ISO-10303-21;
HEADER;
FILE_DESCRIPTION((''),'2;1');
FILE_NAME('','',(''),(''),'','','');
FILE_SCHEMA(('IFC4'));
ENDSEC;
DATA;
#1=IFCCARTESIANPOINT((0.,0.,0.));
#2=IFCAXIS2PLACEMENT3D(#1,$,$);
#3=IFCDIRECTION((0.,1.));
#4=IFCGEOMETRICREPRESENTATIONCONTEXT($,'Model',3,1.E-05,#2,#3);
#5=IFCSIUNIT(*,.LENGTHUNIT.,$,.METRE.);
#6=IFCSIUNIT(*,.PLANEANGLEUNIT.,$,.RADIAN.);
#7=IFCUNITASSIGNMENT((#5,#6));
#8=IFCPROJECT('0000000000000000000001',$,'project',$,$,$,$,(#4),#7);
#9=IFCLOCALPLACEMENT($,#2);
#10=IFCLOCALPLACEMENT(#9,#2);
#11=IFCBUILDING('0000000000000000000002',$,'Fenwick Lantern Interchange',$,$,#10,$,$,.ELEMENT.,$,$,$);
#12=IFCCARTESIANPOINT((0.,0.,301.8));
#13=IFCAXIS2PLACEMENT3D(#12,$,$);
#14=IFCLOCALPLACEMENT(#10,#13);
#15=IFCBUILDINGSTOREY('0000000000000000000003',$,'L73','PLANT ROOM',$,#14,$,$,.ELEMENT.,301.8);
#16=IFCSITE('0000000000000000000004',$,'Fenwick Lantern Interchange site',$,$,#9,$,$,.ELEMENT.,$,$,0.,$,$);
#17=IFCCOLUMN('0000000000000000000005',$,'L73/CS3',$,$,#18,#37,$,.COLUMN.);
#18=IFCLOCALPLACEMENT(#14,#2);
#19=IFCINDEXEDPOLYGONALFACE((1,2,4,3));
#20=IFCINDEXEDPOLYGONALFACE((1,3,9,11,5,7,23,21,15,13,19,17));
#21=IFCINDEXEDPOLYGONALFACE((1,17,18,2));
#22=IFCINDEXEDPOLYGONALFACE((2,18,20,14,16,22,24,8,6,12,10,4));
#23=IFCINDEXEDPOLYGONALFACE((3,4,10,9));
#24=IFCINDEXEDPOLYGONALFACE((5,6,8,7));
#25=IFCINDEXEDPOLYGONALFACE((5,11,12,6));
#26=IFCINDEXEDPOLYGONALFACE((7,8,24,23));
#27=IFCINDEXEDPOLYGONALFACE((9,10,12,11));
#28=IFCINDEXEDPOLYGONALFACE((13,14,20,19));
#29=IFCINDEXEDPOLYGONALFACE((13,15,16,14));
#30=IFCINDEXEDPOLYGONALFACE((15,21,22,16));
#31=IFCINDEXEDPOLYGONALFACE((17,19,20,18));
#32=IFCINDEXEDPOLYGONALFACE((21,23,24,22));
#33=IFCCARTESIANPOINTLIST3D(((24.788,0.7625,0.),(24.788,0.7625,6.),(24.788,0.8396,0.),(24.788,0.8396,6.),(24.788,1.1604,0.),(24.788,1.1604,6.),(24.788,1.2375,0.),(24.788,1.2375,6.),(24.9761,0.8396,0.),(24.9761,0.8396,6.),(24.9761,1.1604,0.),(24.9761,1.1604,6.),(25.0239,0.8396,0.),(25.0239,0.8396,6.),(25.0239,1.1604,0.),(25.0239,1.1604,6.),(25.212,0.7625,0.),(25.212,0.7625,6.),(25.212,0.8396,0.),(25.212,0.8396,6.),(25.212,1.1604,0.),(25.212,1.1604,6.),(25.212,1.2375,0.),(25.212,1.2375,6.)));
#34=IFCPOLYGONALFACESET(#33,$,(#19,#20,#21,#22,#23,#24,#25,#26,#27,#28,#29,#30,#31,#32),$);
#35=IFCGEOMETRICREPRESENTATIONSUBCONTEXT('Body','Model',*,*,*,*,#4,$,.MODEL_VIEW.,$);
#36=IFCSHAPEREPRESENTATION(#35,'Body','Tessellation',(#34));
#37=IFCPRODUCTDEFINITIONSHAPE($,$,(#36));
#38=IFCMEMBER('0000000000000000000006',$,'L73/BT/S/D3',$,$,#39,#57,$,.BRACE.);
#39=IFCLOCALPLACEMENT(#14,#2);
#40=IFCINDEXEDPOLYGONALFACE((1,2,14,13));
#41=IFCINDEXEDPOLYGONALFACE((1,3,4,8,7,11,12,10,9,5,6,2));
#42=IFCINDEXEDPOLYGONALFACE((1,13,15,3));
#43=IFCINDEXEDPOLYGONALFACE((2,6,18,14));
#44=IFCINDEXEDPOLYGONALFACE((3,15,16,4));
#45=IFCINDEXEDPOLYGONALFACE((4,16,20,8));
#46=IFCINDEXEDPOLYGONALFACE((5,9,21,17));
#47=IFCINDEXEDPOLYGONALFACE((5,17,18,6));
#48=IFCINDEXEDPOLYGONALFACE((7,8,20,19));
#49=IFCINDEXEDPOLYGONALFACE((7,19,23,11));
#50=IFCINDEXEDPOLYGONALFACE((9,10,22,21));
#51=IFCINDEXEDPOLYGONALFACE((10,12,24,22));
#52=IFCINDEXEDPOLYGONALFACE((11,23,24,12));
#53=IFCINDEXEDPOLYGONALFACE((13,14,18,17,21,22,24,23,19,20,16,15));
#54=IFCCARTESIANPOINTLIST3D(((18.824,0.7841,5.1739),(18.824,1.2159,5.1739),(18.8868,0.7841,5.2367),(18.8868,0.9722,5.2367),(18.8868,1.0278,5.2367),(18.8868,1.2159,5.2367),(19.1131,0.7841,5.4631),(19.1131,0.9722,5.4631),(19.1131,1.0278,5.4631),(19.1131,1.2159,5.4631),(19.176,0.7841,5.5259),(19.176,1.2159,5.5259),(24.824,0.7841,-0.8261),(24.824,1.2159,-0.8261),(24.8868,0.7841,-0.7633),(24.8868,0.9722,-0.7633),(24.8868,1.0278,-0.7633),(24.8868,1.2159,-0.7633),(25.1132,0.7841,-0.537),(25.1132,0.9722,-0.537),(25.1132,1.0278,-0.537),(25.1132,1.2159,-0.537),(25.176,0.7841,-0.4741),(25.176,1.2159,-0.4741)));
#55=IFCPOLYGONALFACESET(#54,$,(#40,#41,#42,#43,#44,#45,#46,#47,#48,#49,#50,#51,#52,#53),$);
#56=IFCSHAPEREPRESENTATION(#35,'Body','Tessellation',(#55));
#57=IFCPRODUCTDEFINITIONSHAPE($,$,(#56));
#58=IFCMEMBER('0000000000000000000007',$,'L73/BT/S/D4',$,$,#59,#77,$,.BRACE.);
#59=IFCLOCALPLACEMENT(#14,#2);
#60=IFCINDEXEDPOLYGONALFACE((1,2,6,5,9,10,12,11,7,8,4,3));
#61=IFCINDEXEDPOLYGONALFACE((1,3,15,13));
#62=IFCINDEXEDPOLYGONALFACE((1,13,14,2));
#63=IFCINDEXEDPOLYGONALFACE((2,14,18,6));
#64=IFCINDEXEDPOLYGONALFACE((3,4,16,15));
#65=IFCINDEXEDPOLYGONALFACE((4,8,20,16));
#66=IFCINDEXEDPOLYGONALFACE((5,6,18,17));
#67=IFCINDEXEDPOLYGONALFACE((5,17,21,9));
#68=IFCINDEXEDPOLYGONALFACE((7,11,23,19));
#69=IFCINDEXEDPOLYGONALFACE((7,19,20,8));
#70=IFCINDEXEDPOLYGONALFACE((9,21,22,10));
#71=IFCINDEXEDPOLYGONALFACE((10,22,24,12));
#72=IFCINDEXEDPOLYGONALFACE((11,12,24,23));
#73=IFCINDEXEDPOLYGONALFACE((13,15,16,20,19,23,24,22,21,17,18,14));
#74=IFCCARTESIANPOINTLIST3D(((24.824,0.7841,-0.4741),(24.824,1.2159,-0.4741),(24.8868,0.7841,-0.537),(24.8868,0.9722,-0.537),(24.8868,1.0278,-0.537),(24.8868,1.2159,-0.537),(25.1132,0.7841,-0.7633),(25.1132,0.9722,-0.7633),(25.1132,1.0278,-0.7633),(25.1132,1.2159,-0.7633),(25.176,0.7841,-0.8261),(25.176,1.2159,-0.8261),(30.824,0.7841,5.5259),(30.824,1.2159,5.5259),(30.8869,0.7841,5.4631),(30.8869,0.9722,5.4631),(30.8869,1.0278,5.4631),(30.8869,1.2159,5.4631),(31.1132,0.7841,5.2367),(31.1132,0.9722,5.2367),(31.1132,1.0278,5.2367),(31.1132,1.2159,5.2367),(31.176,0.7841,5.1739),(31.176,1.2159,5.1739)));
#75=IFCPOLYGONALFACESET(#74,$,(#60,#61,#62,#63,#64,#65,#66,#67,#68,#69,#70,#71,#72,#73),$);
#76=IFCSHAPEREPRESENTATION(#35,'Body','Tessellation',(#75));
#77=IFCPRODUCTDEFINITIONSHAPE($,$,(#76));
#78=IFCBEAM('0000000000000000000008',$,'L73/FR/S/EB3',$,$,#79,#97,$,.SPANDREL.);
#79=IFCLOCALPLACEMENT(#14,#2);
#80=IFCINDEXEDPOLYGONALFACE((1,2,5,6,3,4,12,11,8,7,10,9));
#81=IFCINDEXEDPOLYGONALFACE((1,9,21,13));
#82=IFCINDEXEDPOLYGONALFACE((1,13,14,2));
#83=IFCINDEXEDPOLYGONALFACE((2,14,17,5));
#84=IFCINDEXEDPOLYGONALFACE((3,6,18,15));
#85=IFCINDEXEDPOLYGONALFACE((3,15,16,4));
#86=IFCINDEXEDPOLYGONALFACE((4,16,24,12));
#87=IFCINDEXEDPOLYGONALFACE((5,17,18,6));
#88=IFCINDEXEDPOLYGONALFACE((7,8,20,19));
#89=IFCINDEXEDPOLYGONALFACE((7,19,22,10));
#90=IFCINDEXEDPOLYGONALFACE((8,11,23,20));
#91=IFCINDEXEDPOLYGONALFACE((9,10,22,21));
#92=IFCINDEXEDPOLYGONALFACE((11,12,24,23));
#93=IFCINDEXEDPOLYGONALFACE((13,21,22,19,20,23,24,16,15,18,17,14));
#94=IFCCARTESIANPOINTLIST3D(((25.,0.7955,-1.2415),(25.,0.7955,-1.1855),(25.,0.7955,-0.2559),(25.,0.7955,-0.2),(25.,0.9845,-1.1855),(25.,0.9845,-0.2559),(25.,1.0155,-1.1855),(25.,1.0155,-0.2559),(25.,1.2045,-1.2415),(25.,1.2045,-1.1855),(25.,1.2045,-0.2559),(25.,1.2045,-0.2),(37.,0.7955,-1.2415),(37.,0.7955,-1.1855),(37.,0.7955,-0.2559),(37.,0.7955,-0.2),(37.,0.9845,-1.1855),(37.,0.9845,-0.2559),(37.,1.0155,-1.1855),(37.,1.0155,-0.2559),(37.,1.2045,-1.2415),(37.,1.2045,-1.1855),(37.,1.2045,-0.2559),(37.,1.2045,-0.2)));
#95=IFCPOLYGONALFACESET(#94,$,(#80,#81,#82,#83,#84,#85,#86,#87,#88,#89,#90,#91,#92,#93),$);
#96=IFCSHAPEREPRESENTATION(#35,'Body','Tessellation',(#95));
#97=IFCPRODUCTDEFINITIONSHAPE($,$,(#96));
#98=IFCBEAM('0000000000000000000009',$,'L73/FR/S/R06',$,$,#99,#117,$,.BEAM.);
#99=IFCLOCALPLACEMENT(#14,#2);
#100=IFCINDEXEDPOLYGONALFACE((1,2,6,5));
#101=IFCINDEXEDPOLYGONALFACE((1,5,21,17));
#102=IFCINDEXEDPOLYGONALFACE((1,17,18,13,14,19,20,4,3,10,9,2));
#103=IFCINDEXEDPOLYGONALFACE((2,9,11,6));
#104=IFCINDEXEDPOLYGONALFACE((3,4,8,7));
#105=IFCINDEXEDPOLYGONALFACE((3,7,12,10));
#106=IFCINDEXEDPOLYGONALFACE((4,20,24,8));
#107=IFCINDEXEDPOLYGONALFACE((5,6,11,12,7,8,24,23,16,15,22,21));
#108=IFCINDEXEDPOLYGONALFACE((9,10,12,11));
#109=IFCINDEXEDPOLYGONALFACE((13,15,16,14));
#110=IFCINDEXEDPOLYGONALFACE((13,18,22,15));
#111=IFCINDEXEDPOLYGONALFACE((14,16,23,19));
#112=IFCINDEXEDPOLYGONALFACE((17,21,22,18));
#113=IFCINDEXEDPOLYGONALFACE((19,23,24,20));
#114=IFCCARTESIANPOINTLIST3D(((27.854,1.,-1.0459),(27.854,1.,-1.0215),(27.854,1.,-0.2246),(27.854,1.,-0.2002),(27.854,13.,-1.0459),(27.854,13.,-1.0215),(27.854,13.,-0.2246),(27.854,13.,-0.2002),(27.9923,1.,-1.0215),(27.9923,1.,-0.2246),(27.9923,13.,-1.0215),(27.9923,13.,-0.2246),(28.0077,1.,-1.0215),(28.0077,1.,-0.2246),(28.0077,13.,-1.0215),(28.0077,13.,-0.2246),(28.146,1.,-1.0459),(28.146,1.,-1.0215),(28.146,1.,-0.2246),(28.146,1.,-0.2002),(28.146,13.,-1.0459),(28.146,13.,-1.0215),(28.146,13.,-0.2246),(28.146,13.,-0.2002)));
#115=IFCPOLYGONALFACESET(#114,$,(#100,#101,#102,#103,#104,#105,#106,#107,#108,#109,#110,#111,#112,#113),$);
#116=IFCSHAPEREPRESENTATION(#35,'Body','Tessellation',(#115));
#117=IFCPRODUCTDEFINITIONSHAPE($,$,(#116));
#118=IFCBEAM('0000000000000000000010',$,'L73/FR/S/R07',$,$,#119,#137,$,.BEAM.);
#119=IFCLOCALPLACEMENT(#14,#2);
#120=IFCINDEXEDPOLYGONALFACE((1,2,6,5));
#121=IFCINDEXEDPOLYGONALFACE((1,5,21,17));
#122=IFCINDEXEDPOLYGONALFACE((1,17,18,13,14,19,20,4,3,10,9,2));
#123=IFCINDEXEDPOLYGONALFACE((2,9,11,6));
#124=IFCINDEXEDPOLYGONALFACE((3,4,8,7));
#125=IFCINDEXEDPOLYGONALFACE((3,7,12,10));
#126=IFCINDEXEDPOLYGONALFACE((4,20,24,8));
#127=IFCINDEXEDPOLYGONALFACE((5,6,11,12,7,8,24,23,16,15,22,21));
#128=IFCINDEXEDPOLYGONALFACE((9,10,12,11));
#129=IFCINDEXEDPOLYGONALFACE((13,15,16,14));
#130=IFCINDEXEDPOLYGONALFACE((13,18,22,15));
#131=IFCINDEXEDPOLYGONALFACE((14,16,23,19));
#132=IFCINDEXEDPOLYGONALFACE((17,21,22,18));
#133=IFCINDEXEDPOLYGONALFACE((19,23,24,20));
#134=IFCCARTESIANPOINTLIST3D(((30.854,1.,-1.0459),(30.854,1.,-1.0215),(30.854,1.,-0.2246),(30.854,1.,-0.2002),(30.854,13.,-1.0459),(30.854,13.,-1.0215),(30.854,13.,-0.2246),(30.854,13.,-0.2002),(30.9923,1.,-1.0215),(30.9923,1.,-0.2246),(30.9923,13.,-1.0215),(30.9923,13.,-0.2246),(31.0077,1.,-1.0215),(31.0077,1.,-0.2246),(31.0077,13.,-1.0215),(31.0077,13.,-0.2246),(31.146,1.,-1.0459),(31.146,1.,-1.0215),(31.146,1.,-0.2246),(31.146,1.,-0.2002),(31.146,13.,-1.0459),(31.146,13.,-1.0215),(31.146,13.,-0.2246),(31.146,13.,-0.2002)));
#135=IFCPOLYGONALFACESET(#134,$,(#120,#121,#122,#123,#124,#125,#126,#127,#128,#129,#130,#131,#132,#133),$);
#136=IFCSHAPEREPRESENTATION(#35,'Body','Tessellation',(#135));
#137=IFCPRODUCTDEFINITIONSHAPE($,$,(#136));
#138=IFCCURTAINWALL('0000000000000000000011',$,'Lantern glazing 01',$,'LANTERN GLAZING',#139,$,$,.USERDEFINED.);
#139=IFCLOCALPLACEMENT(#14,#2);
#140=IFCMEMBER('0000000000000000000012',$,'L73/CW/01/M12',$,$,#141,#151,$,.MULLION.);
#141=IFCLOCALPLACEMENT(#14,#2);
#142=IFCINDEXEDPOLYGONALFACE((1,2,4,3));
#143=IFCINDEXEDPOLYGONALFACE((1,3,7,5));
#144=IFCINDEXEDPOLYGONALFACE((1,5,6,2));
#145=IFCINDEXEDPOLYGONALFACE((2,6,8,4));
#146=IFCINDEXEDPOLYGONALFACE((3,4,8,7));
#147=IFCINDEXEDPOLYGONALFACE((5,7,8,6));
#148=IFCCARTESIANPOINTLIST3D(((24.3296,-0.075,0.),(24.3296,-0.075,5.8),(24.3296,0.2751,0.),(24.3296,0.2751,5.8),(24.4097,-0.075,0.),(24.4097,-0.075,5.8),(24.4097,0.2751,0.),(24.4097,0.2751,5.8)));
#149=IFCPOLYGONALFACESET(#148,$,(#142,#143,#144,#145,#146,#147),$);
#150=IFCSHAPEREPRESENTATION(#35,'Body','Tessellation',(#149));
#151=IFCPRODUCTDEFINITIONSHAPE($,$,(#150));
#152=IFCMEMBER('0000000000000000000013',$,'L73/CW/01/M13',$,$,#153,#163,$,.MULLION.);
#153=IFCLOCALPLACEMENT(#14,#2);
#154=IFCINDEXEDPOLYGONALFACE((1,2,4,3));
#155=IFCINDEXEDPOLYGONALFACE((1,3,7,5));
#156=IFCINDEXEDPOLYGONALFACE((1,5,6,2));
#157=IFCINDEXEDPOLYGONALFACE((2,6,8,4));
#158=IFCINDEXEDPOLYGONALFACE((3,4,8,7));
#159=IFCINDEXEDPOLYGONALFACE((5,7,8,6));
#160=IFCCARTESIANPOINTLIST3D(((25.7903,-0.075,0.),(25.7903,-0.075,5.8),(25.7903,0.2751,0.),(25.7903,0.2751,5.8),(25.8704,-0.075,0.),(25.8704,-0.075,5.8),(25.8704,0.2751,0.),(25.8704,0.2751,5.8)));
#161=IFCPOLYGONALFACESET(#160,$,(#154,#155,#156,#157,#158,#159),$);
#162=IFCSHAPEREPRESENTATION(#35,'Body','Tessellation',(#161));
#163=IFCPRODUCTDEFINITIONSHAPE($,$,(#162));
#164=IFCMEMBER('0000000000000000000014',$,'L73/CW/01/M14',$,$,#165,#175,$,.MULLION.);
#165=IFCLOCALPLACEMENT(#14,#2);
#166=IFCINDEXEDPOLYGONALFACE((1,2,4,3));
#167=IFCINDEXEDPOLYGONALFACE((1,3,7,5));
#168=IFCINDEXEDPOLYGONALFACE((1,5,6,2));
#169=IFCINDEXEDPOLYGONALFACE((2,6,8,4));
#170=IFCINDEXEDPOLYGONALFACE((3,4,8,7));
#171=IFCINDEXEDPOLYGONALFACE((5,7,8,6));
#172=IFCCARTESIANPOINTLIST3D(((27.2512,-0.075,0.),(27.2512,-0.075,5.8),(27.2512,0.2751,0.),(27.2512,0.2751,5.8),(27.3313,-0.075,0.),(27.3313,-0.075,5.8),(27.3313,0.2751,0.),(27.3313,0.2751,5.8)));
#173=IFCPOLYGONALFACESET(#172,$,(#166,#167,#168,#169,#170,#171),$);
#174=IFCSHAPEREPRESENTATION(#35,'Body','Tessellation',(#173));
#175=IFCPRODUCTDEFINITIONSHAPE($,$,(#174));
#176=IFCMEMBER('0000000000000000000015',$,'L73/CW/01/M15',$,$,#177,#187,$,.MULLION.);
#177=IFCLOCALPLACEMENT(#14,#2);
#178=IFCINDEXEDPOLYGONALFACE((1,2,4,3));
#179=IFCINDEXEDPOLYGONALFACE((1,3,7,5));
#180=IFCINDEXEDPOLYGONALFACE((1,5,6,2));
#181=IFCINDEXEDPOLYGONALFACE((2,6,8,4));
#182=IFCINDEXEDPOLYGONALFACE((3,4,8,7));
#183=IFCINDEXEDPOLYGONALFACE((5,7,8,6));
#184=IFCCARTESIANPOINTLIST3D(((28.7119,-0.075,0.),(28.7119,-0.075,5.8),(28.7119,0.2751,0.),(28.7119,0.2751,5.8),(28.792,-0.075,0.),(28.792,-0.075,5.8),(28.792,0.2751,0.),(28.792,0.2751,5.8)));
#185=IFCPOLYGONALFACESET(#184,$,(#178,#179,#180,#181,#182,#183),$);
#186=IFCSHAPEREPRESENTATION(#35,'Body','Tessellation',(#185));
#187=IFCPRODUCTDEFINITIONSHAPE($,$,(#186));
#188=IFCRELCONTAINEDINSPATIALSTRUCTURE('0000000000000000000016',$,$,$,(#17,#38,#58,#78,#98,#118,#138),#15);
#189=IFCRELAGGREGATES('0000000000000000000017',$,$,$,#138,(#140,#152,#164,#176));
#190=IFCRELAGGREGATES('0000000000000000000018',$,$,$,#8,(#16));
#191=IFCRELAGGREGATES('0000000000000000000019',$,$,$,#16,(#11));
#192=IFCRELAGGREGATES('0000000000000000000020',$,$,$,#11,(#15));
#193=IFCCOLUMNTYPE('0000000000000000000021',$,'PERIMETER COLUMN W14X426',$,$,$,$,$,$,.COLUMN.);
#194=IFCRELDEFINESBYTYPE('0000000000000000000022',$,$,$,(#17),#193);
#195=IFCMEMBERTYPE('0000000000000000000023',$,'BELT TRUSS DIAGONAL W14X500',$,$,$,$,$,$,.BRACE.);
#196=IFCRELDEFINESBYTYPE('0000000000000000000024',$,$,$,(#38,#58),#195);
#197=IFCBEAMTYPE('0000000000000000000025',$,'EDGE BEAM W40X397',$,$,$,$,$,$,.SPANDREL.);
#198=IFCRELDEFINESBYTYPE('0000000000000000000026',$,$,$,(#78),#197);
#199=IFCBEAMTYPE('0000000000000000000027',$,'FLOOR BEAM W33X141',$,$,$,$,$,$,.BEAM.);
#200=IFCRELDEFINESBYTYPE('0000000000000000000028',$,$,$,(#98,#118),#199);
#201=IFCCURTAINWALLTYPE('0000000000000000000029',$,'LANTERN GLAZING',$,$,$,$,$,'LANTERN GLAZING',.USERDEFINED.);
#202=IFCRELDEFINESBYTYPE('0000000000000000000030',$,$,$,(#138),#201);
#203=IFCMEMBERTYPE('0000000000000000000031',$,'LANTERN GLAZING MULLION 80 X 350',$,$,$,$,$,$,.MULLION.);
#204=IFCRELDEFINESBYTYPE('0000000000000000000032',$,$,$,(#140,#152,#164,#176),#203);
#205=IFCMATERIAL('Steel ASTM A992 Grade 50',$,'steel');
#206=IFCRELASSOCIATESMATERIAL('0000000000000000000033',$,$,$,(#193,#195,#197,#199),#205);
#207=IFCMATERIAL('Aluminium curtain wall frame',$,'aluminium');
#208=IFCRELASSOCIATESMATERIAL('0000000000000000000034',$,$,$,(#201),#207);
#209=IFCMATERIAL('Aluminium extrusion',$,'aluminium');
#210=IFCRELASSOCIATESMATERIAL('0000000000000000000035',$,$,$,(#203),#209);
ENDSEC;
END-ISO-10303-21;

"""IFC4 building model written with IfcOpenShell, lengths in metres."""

from ifc_helpers import new_model, si_unit, direction, frame, origin, origin_2d, place, context, subcontext, project, spatial, rectangle, i_section, extrude, material, material_profile, profile_set, type_object, element, aggregate, save


model = new_model("IFC4")

# Units and contexts
model_context = context("Model", 3, precision=1e-05, world=origin(), true_north=direction((0.0, 1.0)))
body_context = subcontext(model_context, "Body", "Model", "MODEL_VIEW")
ifc_project = project(units=[si_unit("LENGTHUNIT", "METRE"), si_unit("PLANEANGLEUNIT", "RADIAN")], contexts=[model_context])

# Site, building, storey
site_placement = place(None, origin())
site = spatial("IfcSite", under=ifc_project, at=site_placement, Name="Fenwick Lantern Interchange site", CompositionType="ELEMENT", RefElevation=0.0)
building_placement = place(site_placement, origin())
building = spatial("IfcBuilding", under=site, at=building_placement, Name="Fenwick Lantern Interchange", CompositionType="ELEMENT")
storey_placement = place(building_placement, frame((0.0, 0.0, 301.8)))
storey = spatial("IfcBuildingStorey", under=building, at=storey_placement, Name="L73", Description="PLANT ROOM", CompositionType="ELEMENT", Elevation=301.8)

# Column
ifc_material_1 = material(Name="Steel ASTM A992 Grade 50", Category="steel")
ifc_material_profile_1 = material_profile(ifc_material_1, i_section(OverallWidth=0.4241, OverallDepth=0.4751, WebThickness=0.0479, FlangeThickness=0.0771, at=origin_2d()), Name="W14X426")
ifc_profile_set_1 = profile_set([ifc_material_profile_1], Name="Steel ASTM A992 Grade 50")
column_type = type_object("IfcColumnType", Name="PERIMETER COLUMN W14X426", PredefinedType="COLUMN", material=ifc_profile_set_1)
column_placement = place(storey_placement, frame((25.0, 1.0, 0.0), z_axis=(0.0, 0.0, 1.0), x_axis=(1.0, 0.0, 0.0)))
element("IfcColumn", 1, at=column_placement, inside=storey, type_object=column_type, Name="L73/CS3", PredefinedType="COLUMN", context=body_context, shape_type="SweptSolid", body=[
    extrude(i_section(OverallWidth=0.4241, OverallDepth=0.4751, WebThickness=0.0479, FlangeThickness=0.0771, at=origin_2d()), origin(), (0.0, 0.0, 1.0), 6.0),
])

# Members
ifc_material_profile_2 = material_profile(ifc_material_1, i_section(OverallWidth=0.4319, OverallDepth=0.4978, WebThickness=0.0557, FlangeThickness=0.0889, at=origin_2d()), Name="W14X500")
ifc_profile_set_2 = profile_set([ifc_material_profile_2], Name="Steel ASTM A992 Grade 50")
member_type_1 = type_object("IfcMemberType", Name="BELT TRUSS DIAGONAL W14X500", PredefinedType="BRACE", material=ifc_profile_set_2)
for number, where, z_axis, x_axis, name in (
    (2, (25.0, 1.0, -0.6501), (-0.707107, 0.0, 0.707107), (0.0, -1.0, 0.0), "L73/BT/S/D3"),
    (3, (25.0, 1.0, -0.6501), (0.707107, 0.0, 0.707107), (0.0, 1.0, 0.0), "L73/BT/S/D4"),
):
    element("IfcMember", number, at=place(storey_placement, frame(where, z_axis=z_axis, x_axis=x_axis)), inside=storey, type_object=member_type_1, Name=name, PredefinedType="BRACE", context=body_context, shape_type="SweptSolid", body=[
        extrude(i_section(OverallWidth=0.4319, OverallDepth=0.4978, WebThickness=0.0557, FlangeThickness=0.0889, at=origin_2d()), origin(), (0.0, 0.0, 1.0), 8.4854),
    ])

# Beams
ifc_material_profile_3 = material_profile(ifc_material_1, i_section(OverallWidth=0.4089, OverallDepth=1.0415, WebThickness=0.031, FlangeThickness=0.0559, at=origin_2d()), Name="W40X397")
ifc_profile_set_3 = profile_set([ifc_material_profile_3], Name="Steel ASTM A992 Grade 50")
beam_type_1 = type_object("IfcBeamType", Name="EDGE BEAM W40X397", PredefinedType="SPANDREL", material=ifc_profile_set_3)
beam_1_placement = place(storey_placement, frame((25.0, 1.0, -0.7207), z_axis=(1.0, 0.0, 0.0), x_axis=(0.0, 1.0, 0.0)))
element("IfcBeam", 4, at=beam_1_placement, inside=storey, type_object=beam_type_1, Name="L73/FR/S/EB3", PredefinedType="SPANDREL", context=body_context, shape_type="SweptSolid", body=[
    extrude(i_section(OverallWidth=0.4089, OverallDepth=1.0415, WebThickness=0.031, FlangeThickness=0.0559, at=origin_2d()), origin(), (0.0, 0.0, 1.0), 12.0),
])
ifc_material_profile_4 = material_profile(ifc_material_1, i_section(OverallWidth=0.292, OverallDepth=0.8457, WebThickness=0.0154, FlangeThickness=0.0244, at=origin_2d()), Name="W33X141")
ifc_profile_set_4 = profile_set([ifc_material_profile_4], Name="Steel ASTM A992 Grade 50")
beam_type_2 = type_object("IfcBeamType", Name="FLOOR BEAM W33X141", PredefinedType="BEAM", material=ifc_profile_set_4)
for number, where, z_axis, x_axis, name in (
    (5, (28.0, 1.0, -0.623), (0.0, 1.0, 0.0), (-1.0, 0.0, 0.0), "L73/FR/S/R06"),
    (6, (31.0, 1.0, -0.623), (0.0, 1.0, 0.0), (-1.0, 0.0, 0.0), "L73/FR/S/R07"),
):
    element("IfcBeam", number, at=place(storey_placement, frame(where, z_axis=z_axis, x_axis=x_axis)), inside=storey, type_object=beam_type_2, Name=name, PredefinedType="BEAM", context=body_context, shape_type="SweptSolid", body=[
        extrude(i_section(OverallWidth=0.292, OverallDepth=0.8457, WebThickness=0.0154, FlangeThickness=0.0244, at=origin_2d()), origin(), (0.0, 0.0, 1.0), 12.0),
    ])

# Curtain wall, members
ifc_material_2 = material(Name="Aluminium curtain wall frame", Category="aluminium")
curtain_wall_type = type_object("IfcCurtainWallType", Name="LANTERN GLAZING", ElementType="LANTERN GLAZING", PredefinedType="USERDEFINED", material=ifc_material_2)
curtain_wall_placement = place(storey_placement, origin())
curtain_wall = element("IfcCurtainWall", 7, at=curtain_wall_placement, inside=storey, type_object=curtain_wall_type, Name="Lantern glazing 01", ObjectType="LANTERN GLAZING", PredefinedType="USERDEFINED")
ifc_material_3 = material(Name="Aluminium extrusion", Category="aluminium")
ifc_material_profile_5 = material_profile(ifc_material_3, rectangle(XDim=0.3501, YDim=0.0801, at=origin_2d()), Name="LANTERN GLAZING MULLION 80 X 350")
ifc_profile_set_5 = profile_set([ifc_material_profile_5], Name="Aluminium extrusion")
member_type_2 = type_object("IfcMemberType", Name="LANTERN GLAZING MULLION 80 X 350", PredefinedType="MULLION", material=ifc_profile_set_5)
member_1_placement = place(storey_placement, frame((24.3696, 0.1001, 0.0), z_axis=(0.0, 0.0, 1.0), x_axis=(0.0, 1.0, 0.0)))
member_1 = element("IfcMember", 8, at=member_1_placement, type_object=member_type_2, Name="L73/CW/01/M12", PredefinedType="MULLION", context=body_context, shape_type="SweptSolid", body=[
    extrude(rectangle(XDim=0.3501, YDim=0.0801, at=origin_2d()), origin(), (0.0, 0.0, 1.0), 5.8),
])
member_2_placement = place(storey_placement, frame((25.8303, 0.1001, 0.0), z_axis=(0.0, 0.0, 1.0), x_axis=(0.0, 1.0, 0.0)))
member_2 = element("IfcMember", 9, at=member_2_placement, type_object=member_type_2, Name="L73/CW/01/M13", PredefinedType="MULLION", context=body_context, shape_type="SweptSolid", body=[
    extrude(rectangle(XDim=0.3501, YDim=0.0801, at=origin_2d()), origin(), (0.0, 0.0, 1.0), 5.8),
])
member_3_placement = place(storey_placement, frame((27.2913, 0.1001, 0.0), z_axis=(0.0, 0.0, 1.0), x_axis=(0.0, 1.0, 0.0)))
member_3 = element("IfcMember", 10, at=member_3_placement, type_object=member_type_2, Name="L73/CW/01/M14", PredefinedType="MULLION", context=body_context, shape_type="SweptSolid", body=[
    extrude(rectangle(XDim=0.3501, YDim=0.0801, at=origin_2d()), origin(), (0.0, 0.0, 1.0), 5.8),
])
member_4_placement = place(storey_placement, frame((28.752, 0.1001, 0.0), z_axis=(0.0, 0.0, 1.0), x_axis=(0.0, 1.0, 0.0)))
member_4 = element("IfcMember", 11, at=member_4_placement, type_object=member_type_2, Name="L73/CW/01/M15", PredefinedType="MULLION", context=body_context, shape_type="SweptSolid", body=[
    extrude(rectangle(XDim=0.3501, YDim=0.0801, at=origin_2d()), origin(), (0.0, 0.0, 1.0), 5.8),
])
aggregate(curtain_wall, [member_1, member_2, member_3, member_4])

save(model, "model.ifc")
